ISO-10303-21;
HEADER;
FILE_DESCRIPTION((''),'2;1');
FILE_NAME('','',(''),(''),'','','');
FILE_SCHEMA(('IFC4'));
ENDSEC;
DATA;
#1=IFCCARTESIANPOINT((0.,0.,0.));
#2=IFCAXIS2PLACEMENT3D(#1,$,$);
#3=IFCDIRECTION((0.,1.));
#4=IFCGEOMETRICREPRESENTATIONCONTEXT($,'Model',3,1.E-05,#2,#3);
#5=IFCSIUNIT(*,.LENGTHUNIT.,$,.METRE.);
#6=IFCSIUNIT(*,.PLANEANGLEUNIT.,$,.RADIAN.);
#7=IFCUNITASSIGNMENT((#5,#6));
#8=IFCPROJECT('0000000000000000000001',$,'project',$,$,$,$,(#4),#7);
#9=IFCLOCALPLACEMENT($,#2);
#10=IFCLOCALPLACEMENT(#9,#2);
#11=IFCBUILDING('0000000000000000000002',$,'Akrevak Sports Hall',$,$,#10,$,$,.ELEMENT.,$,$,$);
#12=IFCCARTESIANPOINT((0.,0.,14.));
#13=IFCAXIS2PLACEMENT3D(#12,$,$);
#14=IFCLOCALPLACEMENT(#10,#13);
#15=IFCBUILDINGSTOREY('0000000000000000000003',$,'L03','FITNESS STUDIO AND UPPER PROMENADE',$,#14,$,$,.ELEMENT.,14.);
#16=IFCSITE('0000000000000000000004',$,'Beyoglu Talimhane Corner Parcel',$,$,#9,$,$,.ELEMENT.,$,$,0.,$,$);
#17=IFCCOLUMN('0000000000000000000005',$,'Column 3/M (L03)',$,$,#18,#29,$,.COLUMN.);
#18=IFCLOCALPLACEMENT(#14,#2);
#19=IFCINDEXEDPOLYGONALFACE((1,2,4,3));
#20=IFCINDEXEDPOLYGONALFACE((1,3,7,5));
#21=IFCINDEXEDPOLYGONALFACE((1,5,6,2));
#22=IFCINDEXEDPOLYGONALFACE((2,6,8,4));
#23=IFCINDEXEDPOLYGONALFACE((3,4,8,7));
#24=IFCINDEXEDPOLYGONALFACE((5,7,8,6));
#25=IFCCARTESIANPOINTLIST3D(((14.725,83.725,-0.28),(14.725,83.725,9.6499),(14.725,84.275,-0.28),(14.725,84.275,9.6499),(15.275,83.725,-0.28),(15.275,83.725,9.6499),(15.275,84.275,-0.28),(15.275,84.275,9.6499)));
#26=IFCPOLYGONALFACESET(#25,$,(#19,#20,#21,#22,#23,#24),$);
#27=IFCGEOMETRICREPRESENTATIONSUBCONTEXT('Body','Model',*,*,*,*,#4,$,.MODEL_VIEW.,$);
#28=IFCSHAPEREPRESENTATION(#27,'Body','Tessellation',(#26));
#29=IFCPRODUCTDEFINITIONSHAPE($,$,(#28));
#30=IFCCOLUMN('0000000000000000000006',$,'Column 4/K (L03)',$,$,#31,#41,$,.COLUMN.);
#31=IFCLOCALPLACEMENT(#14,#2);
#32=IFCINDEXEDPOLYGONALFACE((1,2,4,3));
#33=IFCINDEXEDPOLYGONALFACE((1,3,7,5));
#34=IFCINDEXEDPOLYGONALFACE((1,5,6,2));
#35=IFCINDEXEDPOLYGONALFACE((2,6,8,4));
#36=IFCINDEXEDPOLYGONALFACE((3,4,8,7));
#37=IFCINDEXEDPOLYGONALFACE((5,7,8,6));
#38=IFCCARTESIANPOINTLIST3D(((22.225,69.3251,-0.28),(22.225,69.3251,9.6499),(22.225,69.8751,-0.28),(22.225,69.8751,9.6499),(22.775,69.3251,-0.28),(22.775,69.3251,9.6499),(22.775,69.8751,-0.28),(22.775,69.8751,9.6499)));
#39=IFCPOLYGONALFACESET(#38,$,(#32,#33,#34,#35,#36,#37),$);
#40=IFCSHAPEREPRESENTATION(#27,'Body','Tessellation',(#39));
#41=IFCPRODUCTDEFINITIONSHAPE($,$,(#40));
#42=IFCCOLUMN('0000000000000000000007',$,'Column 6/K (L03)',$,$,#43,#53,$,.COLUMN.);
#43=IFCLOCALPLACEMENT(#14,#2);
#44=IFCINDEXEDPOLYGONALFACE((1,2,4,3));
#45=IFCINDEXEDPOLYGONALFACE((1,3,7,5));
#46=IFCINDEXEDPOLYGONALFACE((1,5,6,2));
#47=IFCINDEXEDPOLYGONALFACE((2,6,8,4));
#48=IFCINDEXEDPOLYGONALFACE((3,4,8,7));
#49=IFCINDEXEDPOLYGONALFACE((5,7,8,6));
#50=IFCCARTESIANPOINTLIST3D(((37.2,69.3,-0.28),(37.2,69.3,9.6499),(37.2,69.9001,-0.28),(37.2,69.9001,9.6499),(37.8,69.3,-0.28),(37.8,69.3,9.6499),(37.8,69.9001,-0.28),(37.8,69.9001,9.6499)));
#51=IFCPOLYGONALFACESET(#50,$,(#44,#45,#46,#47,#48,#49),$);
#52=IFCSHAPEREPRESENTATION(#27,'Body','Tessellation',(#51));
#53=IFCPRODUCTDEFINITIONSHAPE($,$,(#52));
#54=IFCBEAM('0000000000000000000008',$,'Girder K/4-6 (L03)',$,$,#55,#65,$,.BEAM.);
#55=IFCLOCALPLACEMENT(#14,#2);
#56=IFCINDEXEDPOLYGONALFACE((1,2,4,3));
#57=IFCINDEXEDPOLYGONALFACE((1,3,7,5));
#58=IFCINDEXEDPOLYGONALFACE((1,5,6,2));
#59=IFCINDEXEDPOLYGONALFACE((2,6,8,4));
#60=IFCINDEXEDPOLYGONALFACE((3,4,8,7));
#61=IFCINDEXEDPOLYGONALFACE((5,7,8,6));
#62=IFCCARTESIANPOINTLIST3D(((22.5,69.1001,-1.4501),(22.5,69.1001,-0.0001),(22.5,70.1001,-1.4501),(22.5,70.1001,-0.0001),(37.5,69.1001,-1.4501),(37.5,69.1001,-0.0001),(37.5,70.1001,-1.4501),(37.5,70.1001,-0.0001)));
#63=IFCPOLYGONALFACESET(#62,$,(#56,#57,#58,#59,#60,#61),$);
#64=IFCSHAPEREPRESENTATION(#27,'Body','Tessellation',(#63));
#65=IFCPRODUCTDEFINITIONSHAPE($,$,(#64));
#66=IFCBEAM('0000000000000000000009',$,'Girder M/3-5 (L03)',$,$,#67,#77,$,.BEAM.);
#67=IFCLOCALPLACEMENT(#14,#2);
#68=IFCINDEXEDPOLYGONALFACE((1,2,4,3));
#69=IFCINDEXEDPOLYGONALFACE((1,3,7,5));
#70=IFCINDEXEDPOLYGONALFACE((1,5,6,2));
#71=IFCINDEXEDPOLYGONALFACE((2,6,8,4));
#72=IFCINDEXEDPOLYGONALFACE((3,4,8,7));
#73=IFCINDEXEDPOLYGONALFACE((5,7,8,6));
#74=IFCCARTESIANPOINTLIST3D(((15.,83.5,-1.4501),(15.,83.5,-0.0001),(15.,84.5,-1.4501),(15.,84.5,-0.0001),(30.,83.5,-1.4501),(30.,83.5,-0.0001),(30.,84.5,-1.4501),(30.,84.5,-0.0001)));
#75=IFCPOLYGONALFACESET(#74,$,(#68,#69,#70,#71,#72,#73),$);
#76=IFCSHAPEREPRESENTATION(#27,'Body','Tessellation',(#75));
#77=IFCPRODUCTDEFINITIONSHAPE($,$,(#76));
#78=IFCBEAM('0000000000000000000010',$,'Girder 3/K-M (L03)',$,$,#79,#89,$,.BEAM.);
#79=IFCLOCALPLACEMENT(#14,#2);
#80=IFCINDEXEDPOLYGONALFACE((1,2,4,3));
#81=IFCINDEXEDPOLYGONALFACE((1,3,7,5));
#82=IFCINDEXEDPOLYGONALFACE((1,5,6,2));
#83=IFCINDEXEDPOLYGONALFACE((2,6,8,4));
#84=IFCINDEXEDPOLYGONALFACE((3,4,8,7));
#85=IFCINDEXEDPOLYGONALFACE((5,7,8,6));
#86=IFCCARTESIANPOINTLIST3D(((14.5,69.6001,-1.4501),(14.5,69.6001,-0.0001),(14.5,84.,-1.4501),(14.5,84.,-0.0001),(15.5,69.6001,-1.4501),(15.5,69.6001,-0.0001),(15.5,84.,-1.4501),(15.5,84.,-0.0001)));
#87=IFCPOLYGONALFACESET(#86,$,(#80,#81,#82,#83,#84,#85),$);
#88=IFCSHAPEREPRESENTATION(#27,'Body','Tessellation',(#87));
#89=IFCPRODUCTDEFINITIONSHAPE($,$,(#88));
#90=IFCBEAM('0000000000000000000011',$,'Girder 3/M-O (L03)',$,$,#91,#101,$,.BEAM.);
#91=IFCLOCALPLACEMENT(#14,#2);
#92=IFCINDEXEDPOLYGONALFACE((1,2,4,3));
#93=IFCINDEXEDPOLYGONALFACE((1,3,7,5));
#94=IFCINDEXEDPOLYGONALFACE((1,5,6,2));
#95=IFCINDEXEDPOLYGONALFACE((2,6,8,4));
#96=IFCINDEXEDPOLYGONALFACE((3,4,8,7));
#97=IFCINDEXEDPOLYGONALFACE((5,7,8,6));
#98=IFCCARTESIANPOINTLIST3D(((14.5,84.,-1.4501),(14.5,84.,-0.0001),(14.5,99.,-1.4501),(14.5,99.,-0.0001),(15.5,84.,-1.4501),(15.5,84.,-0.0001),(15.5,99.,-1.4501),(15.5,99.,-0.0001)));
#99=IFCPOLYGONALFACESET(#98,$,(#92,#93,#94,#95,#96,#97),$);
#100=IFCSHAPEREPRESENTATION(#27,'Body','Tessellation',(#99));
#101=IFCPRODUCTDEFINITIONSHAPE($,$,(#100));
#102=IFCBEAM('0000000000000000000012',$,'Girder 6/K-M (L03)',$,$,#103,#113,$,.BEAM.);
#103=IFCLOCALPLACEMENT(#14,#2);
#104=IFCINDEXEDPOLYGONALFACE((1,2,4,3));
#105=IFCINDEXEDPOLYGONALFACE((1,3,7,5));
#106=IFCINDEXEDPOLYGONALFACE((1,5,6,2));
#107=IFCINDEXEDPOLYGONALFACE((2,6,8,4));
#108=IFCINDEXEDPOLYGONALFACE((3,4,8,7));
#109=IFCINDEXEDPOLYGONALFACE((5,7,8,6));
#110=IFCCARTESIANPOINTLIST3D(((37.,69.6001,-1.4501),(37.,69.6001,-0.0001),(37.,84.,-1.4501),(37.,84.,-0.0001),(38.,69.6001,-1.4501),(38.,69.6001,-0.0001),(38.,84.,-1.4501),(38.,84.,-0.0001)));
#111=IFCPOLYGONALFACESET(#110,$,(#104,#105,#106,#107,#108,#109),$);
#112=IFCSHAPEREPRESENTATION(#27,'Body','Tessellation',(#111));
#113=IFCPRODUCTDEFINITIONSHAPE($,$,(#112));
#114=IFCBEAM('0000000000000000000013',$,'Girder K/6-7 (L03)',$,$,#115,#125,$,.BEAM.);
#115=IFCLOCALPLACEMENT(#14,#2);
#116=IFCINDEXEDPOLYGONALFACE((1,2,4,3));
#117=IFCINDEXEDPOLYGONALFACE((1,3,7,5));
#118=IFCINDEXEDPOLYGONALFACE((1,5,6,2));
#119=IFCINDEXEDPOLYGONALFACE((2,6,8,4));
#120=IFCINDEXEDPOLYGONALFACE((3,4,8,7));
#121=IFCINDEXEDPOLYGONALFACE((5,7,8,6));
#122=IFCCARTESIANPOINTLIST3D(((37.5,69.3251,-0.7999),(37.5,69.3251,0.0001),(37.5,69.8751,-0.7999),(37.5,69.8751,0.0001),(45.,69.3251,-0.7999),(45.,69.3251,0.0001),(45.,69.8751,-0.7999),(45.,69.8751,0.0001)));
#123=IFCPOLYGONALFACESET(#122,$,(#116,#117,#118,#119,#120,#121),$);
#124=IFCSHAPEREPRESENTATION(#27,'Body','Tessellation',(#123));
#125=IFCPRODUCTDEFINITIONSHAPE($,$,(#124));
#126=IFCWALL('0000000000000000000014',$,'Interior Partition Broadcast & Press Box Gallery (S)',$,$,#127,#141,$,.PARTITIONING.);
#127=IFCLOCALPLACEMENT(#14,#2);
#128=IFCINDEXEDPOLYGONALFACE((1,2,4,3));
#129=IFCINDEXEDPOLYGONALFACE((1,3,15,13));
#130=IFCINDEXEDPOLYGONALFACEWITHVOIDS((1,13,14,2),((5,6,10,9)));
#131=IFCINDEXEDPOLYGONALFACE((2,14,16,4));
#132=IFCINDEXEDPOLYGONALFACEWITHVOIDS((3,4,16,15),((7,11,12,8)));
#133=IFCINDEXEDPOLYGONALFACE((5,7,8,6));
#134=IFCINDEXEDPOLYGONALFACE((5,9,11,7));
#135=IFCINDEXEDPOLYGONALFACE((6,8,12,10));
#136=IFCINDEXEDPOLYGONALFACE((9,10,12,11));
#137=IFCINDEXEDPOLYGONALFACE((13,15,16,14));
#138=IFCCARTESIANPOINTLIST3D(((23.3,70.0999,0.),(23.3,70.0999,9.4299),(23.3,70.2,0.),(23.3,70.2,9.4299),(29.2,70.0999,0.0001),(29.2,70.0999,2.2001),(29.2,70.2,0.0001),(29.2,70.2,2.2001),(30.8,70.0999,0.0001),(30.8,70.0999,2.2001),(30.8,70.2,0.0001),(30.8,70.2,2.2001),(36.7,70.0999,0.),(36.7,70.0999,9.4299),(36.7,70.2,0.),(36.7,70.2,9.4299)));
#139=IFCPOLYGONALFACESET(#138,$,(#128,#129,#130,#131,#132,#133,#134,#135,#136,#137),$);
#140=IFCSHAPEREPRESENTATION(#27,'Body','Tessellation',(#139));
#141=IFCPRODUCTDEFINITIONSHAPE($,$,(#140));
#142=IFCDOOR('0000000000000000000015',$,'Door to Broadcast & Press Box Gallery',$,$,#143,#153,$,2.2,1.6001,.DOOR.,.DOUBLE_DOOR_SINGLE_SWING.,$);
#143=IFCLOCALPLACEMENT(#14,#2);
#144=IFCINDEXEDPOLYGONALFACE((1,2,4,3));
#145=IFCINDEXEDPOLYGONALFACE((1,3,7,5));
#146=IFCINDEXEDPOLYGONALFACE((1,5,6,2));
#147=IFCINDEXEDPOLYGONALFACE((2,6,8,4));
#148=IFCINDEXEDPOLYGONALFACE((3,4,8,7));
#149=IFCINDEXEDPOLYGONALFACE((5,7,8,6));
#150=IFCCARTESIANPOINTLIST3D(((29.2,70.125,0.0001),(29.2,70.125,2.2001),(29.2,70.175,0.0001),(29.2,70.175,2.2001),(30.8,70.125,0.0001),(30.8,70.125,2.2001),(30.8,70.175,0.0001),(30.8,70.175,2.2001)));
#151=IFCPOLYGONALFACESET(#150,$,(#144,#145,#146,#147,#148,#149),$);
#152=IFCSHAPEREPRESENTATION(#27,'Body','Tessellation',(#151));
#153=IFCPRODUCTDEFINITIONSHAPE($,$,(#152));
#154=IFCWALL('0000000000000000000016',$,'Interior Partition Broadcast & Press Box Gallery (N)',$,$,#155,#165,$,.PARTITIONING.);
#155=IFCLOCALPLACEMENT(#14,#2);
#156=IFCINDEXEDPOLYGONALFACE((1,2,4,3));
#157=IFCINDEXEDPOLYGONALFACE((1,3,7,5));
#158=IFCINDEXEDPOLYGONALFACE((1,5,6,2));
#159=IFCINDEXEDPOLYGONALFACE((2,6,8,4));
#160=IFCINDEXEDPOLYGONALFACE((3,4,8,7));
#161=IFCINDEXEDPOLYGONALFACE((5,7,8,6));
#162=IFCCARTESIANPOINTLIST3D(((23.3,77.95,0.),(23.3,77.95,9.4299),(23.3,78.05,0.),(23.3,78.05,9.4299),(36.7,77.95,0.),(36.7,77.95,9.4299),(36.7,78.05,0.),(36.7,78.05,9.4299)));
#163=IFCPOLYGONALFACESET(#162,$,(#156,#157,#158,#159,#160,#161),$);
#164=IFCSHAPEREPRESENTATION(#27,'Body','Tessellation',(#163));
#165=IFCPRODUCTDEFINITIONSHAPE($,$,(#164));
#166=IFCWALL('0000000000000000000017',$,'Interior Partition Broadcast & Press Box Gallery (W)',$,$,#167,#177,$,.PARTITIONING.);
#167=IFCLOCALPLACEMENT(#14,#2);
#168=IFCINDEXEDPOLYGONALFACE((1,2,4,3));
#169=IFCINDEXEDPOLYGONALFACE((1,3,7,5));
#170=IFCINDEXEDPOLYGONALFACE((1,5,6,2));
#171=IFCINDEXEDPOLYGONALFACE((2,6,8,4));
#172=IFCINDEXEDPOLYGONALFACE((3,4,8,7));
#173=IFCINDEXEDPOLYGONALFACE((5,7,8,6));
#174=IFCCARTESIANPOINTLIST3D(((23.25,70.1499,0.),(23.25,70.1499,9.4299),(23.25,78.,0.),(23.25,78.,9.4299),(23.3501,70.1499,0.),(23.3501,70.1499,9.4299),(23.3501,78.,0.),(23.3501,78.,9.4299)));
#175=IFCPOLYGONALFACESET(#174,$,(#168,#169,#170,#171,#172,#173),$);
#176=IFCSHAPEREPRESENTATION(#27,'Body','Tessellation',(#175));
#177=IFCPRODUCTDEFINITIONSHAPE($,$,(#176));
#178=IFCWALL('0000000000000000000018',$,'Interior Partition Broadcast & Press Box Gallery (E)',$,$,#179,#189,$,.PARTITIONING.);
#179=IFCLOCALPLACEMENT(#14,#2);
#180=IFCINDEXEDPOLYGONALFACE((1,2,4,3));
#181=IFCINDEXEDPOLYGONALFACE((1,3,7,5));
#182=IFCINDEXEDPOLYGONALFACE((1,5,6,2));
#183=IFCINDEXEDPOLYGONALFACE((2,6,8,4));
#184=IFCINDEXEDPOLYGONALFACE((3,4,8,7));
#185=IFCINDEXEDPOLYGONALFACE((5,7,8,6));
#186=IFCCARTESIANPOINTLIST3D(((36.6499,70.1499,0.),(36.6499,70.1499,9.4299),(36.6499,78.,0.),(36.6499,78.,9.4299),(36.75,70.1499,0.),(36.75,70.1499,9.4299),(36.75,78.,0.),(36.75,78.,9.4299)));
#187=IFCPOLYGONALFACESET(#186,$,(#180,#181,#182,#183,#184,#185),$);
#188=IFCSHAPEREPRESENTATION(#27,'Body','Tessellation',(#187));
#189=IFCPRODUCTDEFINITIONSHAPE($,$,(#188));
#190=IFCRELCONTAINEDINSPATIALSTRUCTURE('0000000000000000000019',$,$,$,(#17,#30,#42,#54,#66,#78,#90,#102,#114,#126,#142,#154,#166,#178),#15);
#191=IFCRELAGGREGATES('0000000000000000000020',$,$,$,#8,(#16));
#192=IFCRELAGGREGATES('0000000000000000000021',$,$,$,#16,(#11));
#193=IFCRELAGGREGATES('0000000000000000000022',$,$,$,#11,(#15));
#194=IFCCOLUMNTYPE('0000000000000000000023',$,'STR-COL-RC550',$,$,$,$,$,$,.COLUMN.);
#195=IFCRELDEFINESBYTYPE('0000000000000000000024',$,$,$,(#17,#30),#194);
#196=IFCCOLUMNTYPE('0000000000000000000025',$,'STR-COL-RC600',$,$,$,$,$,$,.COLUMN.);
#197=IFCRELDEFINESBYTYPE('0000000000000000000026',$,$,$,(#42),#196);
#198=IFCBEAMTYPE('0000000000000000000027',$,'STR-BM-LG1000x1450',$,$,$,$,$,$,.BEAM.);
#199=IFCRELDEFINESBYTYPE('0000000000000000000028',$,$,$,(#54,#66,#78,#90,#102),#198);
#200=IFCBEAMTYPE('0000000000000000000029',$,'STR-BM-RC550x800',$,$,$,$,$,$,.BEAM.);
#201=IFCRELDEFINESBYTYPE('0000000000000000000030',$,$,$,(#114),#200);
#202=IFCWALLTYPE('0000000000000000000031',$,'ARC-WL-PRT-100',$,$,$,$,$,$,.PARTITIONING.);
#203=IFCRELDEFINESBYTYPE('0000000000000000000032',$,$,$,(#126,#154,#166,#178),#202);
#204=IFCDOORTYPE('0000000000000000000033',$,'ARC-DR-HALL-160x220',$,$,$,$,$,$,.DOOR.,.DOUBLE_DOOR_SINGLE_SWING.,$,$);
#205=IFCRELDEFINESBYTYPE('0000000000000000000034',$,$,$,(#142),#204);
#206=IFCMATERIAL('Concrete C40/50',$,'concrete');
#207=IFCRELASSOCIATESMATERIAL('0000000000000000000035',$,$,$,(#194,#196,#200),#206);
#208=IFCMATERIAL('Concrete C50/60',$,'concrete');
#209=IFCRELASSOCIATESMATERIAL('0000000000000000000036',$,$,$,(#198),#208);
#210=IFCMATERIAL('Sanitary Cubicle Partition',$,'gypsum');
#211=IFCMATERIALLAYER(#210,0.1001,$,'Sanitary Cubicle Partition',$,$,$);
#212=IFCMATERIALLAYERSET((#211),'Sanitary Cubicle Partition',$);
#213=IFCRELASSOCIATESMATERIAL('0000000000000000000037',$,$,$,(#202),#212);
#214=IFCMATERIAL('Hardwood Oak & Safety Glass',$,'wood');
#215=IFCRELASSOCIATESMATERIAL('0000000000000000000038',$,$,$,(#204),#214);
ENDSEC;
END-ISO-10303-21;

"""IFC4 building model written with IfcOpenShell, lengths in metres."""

from ifc_helpers import new_model, si_unit, direction, frame, frame_2d, origin, origin_2d, place, context, subcontext, project, spatial, rectangle, extrude, material, layer, layer_set, material_profile, profile_set, type_object, element, fill, save


model = new_model("IFC4")

# Units and contexts
model_context = context("Model", 3, precision=1e-05, world=origin(), true_north=direction((0.0, 1.0)))
body_context = subcontext(model_context, "Body", "Model", "MODEL_VIEW")
ifc_project = project(units=[si_unit("LENGTHUNIT", "METRE"), si_unit("PLANEANGLEUNIT", "RADIAN")], contexts=[model_context])

# Site, building, storey
site_placement = place(None, origin())
site = spatial("IfcSite", under=ifc_project, at=site_placement, Name="Beyoglu Talimhane Corner Parcel", CompositionType="ELEMENT", RefElevation=0.0)
building_placement = place(site_placement, origin())
building = spatial("IfcBuilding", under=site, at=building_placement, Name="Akrevak Sports Hall", CompositionType="ELEMENT")
storey_placement = place(building_placement, frame((0.0, 0.0, 14.0)))
storey = spatial("IfcBuildingStorey", under=building, at=storey_placement, Name="L03", Description="FITNESS STUDIO AND UPPER PROMENADE", CompositionType="ELEMENT", Elevation=14.0)

# Columns
ifc_material_1 = material(Name="Concrete C40/50", Category="concrete")
ifc_material_profile_1 = material_profile(ifc_material_1, rectangle(XDim=0.55, YDim=0.55, at=origin_2d()), Name="RC 550x550", Category="concrete")
ifc_profile_set_1 = profile_set([ifc_material_profile_1], Name="Concrete C40/50")
column_type_1 = type_object("IfcColumnType", Name="STR-COL-RC550", PredefinedType="COLUMN", material=ifc_profile_set_1)
for number, where, z_axis, x_axis, name in (
    (1, (15.0, 84.0, -0.28), (0.0, 0.0, 1.0), (1.0, 0.0, 0.0), "Column 3/M (L03)"),
    (2, (22.5, 69.6001, -0.28), (0.0, 0.0, 1.0), (1.0, 0.0, 0.0), "Column 4/K (L03)"),
):
    element("IfcColumn", number, at=place(storey_placement, frame(where, z_axis=z_axis, x_axis=x_axis)), inside=storey, type_object=column_type_1, Name=name, PredefinedType="COLUMN", context=body_context, shape_type="SweptSolid", body=[
        extrude(rectangle(XDim=0.55, YDim=0.55, at=origin_2d()), origin(), (0.0, 0.0, 1.0), 9.9299),
    ])
ifc_material_profile_2 = material_profile(ifc_material_1, rectangle(XDim=0.6001, YDim=0.6001, at=origin_2d()), Name="RC 600x600", Category="concrete")
ifc_profile_set_2 = profile_set([ifc_material_profile_2], Name="Concrete C40/50")
column_type_2 = type_object("IfcColumnType", Name="STR-COL-RC600", PredefinedType="COLUMN", material=ifc_profile_set_2)
column_placement = place(storey_placement, frame((37.5, 69.6001, -0.28), z_axis=(0.0, 0.0, 1.0), x_axis=(1.0, 0.0, 0.0)))
element("IfcColumn", 3, at=column_placement, inside=storey, type_object=column_type_2, Name="Column 6/K (L03)", PredefinedType="COLUMN", context=body_context, shape_type="SweptSolid", body=[
    extrude(rectangle(XDim=0.6001, YDim=0.6001, at=origin_2d()), origin(), (0.0, 0.0, 1.0), 9.9299),
])

# Beams
ifc_material_2 = material(Name="Concrete C50/60", Category="concrete")
ifc_material_profile_3 = material_profile(ifc_material_2, rectangle(XDim=1.0, YDim=1.45, at=origin_2d()), Name="BM 1000x1450", Category="concrete")
ifc_profile_set_3 = profile_set([ifc_material_profile_3], Name="Concrete C50/60")
beam_type_1 = type_object("IfcBeamType", Name="STR-BM-LG1000x1450", PredefinedType="BEAM", material=ifc_profile_set_3)
for number, where, z_axis, x_axis, name in (
    (4, (22.5, 69.6001, -0.7251), (1.0, 0.0, 0.0), (0.0, 1.0, 0.0), "Girder K/4-6 (L03)"),
    (5, (15.0, 84.0, -0.7251), (1.0, 0.0, 0.0), (0.0, 1.0, 0.0), "Girder M/3-5 (L03)"),
):
    element("IfcBeam", number, at=place(storey_placement, frame(where, z_axis=z_axis, x_axis=x_axis)), inside=storey, type_object=beam_type_1, Name=name, PredefinedType="BEAM", context=body_context, shape_type="SweptSolid", body=[
        extrude(rectangle(XDim=1.0, YDim=1.45, at=origin_2d()), origin(), (0.0, 0.0, 1.0), 15.0),
    ])
beam_1_placement = place(storey_placement, frame((15.0, 69.6001, -0.7251), z_axis=(0.0, 1.0, 0.0), x_axis=(-1.0, 0.0, 0.0)))
element("IfcBeam", 6, at=beam_1_placement, inside=storey, type_object=beam_type_1, Name="Girder 3/K-M (L03)", PredefinedType="BEAM", context=body_context, shape_type="SweptSolid", body=[
    extrude(rectangle(XDim=1.0, YDim=1.45, at=origin_2d()), origin(), (0.0, 0.0, 1.0), 14.3999),
])
beam_2_placement = place(storey_placement, frame((15.0, 84.0, -0.7251), z_axis=(0.0, 1.0, 0.0), x_axis=(-1.0, 0.0, 0.0)))
element("IfcBeam", 7, at=beam_2_placement, inside=storey, type_object=beam_type_1, Name="Girder 3/M-O (L03)", PredefinedType="BEAM", context=body_context, shape_type="SweptSolid", body=[
    extrude(rectangle(XDim=1.0, YDim=1.45, at=origin_2d()), origin(), (0.0, 0.0, 1.0), 15.0),
])
beam_3_placement = place(storey_placement, frame((37.5, 69.6001, -0.7251), z_axis=(0.0, 1.0, 0.0), x_axis=(-1.0, 0.0, 0.0)))
element("IfcBeam", 8, at=beam_3_placement, inside=storey, type_object=beam_type_1, Name="Girder 6/K-M (L03)", PredefinedType="BEAM", context=body_context, shape_type="SweptSolid", body=[
    extrude(rectangle(XDim=1.0, YDim=1.45, at=origin_2d()), origin(), (0.0, 0.0, 1.0), 14.3999),
])
ifc_material_profile_4 = material_profile(ifc_material_1, rectangle(XDim=0.55, YDim=0.8, at=origin_2d()), Name="BM 550x800", Category="concrete")
ifc_profile_set_4 = profile_set([ifc_material_profile_4], Name="Concrete C40/50")
beam_type_2 = type_object("IfcBeamType", Name="STR-BM-RC550x800", PredefinedType="BEAM", material=ifc_profile_set_4)
beam_4_placement = place(storey_placement, frame((37.5, 69.6001, -0.3999), z_axis=(1.0, 0.0, 0.0), x_axis=(0.0, 1.0, 0.0)))
element("IfcBeam", 9, at=beam_4_placement, inside=storey, type_object=beam_type_2, Name="Girder K/6-7 (L03)", PredefinedType="BEAM", context=body_context, shape_type="SweptSolid", body=[
    extrude(rectangle(XDim=0.55, YDim=0.8, at=origin_2d()), origin(), (0.0, 0.0, 1.0), 7.5),
])

# Wall, opening, door
ifc_material_3 = material(Name="Sanitary Cubicle Partition", Category="gypsum")
ifc_layer_1 = layer(ifc_material_3, 0.1001, Name="Sanitary Cubicle Partition")
ifc_layer_set_1 = layer_set([ifc_layer_1], Name="Sanitary Cubicle Partition")
wall_type_1 = type_object("IfcWallType", Name="ARC-WL-PRT-100", PredefinedType="PARTITIONING", material=ifc_layer_set_1)
wall_1_placement = place(storey_placement, frame((23.3, 70.1499, 0.0), z_axis=(0.0, 0.0, 1.0), x_axis=(1.0, 0.0, 0.0)))
wall_1 = element("IfcWall", 10, at=wall_1_placement, inside=storey, type_object=wall_type_1, Name="Interior Partition Broadcast & Press Box Gallery (S)", PredefinedType="PARTITIONING", context=body_context, shape_type="SweptSolid", body=[
    extrude(rectangle(XDim=13.3999, YDim=0.1001, at=frame_2d((6.7, 0.0))), origin(), (0.0, 0.0, 1.0), 9.4299),
])
opening_1_placement = place(wall_1_placement, frame((5.8999, 0.0, 0.0)))
opening_1 = element("IfcOpeningElement", 11, at=opening_1_placement, cuts=wall_1, PredefinedType="OPENING", context=body_context, shape_type="SweptSolid", body=[
    extrude(rectangle(XDim=1.6001, YDim=2.2, at=frame_2d((0.8, 1.1001))), frame((0.0, 0.062, 0.0), z_axis=(0.0, -1.0, 0.0), x_axis=(1.0, 0.0, 0.0)), (0.0, 0.0, 1.0), 0.124),
])
ifc_material_4 = material(Name="Hardwood Oak & Safety Glass", Category="wood")
door_type_1 = type_object("IfcDoorType", Name="ARC-DR-HALL-160x220", OperationType="DOUBLE_DOOR_SINGLE_SWING", PredefinedType="DOOR", material=ifc_material_4)
door_1_placement = place(opening_1_placement, frame((1.6001, 0.0, 0.0), z_axis=(0.0, 0.0, 1.0), x_axis=(-1.0, 0.0, 0.0)))
door_1 = element("IfcDoor", 12, at=door_1_placement, inside=storey, type_object=door_type_1, Name="Door to Broadcast & Press Box Gallery", OperationType="DOUBLE_DOOR_SINGLE_SWING", OverallHeight=2.2, OverallWidth=1.6001, PredefinedType="DOOR", context=body_context, shape_type="SweptSolid", body=[
    extrude(rectangle(XDim=1.6001, YDim=2.2, at=frame_2d((0.8, 1.1001))), frame((0.0, 0.0249, 0.0), z_axis=(0.0, -1.0, 0.0), x_axis=(1.0, 0.0, 0.0)), (0.0, 0.0, 1.0), 0.05),
])
fill(opening_1, door_1)

# Walls
wall_2_placement = place(storey_placement, frame((23.3, 78.0, 0.0), z_axis=(0.0, 0.0, 1.0), x_axis=(1.0, 0.0, 0.0)))
element("IfcWall", 13, at=wall_2_placement, inside=storey, type_object=wall_type_1, Name="Interior Partition Broadcast & Press Box Gallery (N)", PredefinedType="PARTITIONING", context=body_context, shape_type="SweptSolid", body=[
    extrude(rectangle(XDim=13.3999, YDim=0.1001, at=frame_2d((6.7, 0.0))), origin(), (0.0, 0.0, 1.0), 9.4299),
])
for number, where, z_axis, x_axis, name in (
    (14, (23.3, 70.1499, 0.0), (0.0, 0.0, 1.0), (0.0, 1.0, 0.0), "Interior Partition Broadcast & Press Box Gallery (W)"),
    (15, (36.7, 70.1499, 0.0), (0.0, 0.0, 1.0), (0.0, 1.0, 0.0), "Interior Partition Broadcast & Press Box Gallery (E)"),
):
    element("IfcWall", number, at=place(storey_placement, frame(where, z_axis=z_axis, x_axis=x_axis)), inside=storey, type_object=wall_type_1, Name=name, PredefinedType="PARTITIONING", context=body_context, shape_type="SweptSolid", body=[
        extrude(rectangle(XDim=7.8501, YDim=0.1001, at=frame_2d((3.925, 0.0))), origin(), (0.0, 0.0, 1.0), 9.4299),
    ])

save(model, "model.ifc")
